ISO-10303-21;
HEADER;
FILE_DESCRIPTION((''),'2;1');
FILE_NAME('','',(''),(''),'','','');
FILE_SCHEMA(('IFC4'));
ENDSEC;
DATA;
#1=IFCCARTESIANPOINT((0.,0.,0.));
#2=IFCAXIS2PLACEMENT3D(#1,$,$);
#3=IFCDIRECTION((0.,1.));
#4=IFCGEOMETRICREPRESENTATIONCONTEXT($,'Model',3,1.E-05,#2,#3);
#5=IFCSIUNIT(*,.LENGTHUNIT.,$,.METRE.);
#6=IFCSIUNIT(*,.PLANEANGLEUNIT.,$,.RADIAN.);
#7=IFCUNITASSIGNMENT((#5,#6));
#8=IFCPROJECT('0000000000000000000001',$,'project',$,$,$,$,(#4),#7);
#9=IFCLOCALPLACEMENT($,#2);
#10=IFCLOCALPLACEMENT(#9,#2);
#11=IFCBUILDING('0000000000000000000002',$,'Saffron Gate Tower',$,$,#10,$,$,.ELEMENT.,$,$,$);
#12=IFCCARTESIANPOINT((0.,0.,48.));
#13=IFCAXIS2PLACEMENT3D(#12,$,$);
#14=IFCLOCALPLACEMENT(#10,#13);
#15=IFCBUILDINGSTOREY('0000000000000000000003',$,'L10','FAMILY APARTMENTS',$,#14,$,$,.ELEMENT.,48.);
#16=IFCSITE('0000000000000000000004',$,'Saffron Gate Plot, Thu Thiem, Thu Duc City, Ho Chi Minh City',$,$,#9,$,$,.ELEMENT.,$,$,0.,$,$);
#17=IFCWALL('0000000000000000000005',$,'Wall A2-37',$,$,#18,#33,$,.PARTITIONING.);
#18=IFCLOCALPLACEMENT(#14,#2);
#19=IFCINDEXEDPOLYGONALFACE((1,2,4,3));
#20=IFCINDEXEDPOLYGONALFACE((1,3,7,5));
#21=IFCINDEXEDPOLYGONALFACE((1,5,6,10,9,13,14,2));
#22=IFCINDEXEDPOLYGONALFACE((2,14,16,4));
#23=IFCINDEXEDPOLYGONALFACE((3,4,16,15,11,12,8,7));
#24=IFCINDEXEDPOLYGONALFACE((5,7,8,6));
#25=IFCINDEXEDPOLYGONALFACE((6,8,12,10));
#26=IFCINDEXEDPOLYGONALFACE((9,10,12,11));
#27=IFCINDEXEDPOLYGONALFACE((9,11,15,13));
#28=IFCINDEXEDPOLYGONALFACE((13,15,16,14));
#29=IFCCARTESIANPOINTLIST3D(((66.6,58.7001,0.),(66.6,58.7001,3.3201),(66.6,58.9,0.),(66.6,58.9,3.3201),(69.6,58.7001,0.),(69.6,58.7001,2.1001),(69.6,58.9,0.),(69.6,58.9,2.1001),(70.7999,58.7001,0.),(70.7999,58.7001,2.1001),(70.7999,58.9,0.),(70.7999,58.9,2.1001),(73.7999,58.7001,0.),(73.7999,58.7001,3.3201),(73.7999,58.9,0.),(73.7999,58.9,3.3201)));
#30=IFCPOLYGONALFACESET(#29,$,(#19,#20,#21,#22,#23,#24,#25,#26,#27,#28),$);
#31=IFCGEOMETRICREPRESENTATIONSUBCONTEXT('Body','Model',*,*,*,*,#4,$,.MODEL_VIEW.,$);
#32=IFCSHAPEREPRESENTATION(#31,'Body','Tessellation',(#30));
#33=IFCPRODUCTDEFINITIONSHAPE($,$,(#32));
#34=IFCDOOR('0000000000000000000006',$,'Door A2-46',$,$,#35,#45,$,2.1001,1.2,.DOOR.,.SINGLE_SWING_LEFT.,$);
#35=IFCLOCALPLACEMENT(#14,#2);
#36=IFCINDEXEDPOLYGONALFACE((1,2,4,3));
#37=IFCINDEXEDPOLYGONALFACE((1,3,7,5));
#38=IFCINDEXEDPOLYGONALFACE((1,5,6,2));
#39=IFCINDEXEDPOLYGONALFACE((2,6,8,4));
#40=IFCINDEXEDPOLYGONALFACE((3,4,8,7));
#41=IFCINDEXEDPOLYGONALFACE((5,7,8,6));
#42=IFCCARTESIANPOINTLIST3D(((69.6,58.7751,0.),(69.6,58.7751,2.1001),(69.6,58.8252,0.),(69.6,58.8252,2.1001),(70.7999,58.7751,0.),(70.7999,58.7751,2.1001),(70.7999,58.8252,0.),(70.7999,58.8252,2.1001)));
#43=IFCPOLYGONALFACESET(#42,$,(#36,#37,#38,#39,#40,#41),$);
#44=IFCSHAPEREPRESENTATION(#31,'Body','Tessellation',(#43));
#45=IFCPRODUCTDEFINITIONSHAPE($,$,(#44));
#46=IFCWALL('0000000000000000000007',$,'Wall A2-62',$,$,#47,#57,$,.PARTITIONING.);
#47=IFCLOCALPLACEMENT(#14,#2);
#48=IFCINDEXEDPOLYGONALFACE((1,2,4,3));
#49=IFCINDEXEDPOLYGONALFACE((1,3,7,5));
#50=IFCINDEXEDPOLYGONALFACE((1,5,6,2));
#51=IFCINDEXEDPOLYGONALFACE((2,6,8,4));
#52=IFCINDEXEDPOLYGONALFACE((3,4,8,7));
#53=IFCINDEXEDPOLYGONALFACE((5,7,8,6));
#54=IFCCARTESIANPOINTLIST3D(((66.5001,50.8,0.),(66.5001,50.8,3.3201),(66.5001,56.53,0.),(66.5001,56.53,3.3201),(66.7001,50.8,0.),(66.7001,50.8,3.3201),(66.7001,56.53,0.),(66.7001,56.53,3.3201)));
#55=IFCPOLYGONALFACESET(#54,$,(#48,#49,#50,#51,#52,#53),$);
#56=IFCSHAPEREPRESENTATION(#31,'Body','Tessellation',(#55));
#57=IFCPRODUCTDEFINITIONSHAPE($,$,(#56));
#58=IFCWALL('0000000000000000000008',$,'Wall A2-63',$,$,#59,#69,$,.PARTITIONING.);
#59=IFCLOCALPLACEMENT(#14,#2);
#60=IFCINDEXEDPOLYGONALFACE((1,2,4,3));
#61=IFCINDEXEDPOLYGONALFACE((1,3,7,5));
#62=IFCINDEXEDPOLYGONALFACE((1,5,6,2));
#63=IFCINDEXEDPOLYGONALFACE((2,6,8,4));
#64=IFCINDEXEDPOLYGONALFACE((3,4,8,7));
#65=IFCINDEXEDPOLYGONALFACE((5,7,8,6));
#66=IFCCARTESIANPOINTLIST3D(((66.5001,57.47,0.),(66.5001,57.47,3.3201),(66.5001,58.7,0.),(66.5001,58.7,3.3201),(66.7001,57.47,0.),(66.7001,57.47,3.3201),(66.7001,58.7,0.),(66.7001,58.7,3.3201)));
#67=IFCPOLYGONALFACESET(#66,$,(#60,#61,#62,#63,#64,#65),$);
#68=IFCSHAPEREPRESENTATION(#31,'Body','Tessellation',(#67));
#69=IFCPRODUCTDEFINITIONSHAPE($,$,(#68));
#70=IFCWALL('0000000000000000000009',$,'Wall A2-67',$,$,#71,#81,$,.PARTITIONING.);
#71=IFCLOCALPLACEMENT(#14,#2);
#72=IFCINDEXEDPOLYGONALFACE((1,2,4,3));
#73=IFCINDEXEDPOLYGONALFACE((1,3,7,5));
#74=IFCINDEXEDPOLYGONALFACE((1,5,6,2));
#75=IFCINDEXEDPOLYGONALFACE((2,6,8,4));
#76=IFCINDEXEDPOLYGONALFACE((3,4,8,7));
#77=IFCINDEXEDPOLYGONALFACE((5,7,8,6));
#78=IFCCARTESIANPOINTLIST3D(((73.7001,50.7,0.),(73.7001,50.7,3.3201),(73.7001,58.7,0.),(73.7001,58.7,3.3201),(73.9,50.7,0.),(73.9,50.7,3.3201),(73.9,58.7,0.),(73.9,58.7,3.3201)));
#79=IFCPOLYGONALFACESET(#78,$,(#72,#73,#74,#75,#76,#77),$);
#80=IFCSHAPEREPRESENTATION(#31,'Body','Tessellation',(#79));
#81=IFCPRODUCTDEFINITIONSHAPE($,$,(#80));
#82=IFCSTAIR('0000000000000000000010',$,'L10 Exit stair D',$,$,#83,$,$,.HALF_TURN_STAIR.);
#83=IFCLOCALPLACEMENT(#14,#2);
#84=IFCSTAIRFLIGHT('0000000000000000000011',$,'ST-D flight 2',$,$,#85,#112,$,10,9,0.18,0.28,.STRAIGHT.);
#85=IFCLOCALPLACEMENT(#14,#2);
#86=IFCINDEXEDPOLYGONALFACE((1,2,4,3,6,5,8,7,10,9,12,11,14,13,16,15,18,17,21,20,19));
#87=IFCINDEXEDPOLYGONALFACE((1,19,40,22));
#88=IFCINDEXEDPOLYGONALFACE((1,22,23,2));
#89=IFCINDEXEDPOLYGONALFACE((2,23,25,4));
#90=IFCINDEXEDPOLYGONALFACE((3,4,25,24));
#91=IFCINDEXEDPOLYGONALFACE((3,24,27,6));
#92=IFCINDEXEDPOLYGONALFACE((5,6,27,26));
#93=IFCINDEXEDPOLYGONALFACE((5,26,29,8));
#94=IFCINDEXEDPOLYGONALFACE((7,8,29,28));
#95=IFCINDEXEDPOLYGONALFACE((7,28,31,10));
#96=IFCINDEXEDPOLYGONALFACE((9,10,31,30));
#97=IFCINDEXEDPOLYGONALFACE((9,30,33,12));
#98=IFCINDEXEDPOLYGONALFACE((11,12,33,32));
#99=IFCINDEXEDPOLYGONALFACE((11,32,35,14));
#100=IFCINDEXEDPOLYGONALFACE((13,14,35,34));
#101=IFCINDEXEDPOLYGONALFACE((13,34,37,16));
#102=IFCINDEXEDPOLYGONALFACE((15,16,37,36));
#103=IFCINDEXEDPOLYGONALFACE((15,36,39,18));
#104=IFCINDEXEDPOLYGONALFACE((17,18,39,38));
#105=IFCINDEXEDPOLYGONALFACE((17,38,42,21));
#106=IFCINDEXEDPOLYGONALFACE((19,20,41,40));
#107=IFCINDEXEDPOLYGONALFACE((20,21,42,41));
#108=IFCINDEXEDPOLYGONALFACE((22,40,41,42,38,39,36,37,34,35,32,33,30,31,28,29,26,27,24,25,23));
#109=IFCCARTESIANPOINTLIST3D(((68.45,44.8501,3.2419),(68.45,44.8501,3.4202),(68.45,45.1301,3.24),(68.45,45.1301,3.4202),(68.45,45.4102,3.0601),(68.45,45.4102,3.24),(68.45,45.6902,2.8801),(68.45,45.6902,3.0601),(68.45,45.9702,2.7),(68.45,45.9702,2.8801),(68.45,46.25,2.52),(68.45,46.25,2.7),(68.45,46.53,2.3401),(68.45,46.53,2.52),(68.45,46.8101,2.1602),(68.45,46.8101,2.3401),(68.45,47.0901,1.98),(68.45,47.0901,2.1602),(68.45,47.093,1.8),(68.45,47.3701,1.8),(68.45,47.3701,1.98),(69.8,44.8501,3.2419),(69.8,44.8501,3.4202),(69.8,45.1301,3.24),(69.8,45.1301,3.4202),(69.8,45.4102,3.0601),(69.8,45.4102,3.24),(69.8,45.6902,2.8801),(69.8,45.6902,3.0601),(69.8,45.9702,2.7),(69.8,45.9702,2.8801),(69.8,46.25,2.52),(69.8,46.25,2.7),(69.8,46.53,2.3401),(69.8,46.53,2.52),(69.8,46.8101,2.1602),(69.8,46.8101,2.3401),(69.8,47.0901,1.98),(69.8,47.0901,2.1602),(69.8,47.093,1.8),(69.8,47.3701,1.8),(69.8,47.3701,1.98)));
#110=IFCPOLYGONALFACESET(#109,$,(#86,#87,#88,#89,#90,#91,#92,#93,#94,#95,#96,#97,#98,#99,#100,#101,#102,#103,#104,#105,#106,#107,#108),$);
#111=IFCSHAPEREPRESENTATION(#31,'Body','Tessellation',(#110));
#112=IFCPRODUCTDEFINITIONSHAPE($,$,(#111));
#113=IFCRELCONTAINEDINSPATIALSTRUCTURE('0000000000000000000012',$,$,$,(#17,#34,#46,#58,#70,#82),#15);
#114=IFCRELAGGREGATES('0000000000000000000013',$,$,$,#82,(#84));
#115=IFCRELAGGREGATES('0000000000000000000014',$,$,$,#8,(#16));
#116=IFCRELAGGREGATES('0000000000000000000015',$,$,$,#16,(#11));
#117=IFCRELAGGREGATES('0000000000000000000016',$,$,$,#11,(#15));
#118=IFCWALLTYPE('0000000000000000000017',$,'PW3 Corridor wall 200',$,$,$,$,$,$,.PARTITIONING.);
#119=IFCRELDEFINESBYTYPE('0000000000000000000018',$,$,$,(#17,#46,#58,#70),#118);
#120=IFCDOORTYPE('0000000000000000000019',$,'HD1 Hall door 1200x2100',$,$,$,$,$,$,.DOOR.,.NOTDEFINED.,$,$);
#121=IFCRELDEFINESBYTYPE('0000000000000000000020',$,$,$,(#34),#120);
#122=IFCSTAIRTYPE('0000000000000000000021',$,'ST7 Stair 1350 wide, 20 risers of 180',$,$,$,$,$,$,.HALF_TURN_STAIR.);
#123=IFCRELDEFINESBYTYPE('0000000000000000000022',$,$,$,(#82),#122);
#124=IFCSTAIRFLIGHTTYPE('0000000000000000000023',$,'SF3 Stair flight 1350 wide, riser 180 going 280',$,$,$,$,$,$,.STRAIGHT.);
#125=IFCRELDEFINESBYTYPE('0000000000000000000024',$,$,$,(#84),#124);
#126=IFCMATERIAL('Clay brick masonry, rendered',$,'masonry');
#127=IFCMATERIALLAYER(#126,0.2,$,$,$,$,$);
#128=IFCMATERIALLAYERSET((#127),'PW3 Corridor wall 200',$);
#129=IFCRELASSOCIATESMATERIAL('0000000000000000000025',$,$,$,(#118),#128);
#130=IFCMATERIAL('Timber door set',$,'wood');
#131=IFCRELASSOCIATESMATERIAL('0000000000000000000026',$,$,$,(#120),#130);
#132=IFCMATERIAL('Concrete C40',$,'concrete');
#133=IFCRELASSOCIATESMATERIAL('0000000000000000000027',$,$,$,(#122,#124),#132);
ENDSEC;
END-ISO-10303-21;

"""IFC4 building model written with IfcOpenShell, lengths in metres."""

from ifc_helpers import new_model, si_unit, direction, frame, frame_2d, origin, place, context, subcontext, project, spatial, polyline, rectangle, outline, extrude, material, layer, layer_set, type_object, element, fill, aggregate, save


model = new_model("IFC4")

# Units and contexts
model_context = context("Model", 3, precision=1e-05, world=origin(), true_north=direction((0.0, 1.0)))
body_context = subcontext(model_context, "Body", "Model", "MODEL_VIEW")
ifc_project = project(units=[si_unit("LENGTHUNIT", "METRE"), si_unit("PLANEANGLEUNIT", "RADIAN")], contexts=[model_context])

# Site, building, storey
site_placement = place(None, origin())
site = spatial("IfcSite", under=ifc_project, at=site_placement, Name="Saffron Gate Plot, Thu Thiem, Thu Duc City, Ho Chi Minh City", CompositionType="ELEMENT", RefElevation=0.0)
building_placement = place(site_placement, origin())
building = spatial("IfcBuilding", under=site, at=building_placement, Name="Saffron Gate Tower", CompositionType="ELEMENT")
storey_placement = place(building_placement, frame((0.0, 0.0, 48.0)))
storey = spatial("IfcBuildingStorey", under=building, at=storey_placement, Name="L10", Description="FAMILY APARTMENTS", CompositionType="ELEMENT", Elevation=48.0)

# Shared definitions
ifc_material_1 = material(Name="Timber door set", Category="wood")

# Shared definitions
ifc_material_2 = material(Name="Clay brick masonry, rendered", Category="masonry")
ifc_layer_1 = layer(ifc_material_2, 0.2)
ifc_layer_set_1 = layer_set([ifc_layer_1], Name="PW3 Corridor wall 200")
wall_type_1 = type_object("IfcWallType", Name="PW3 Corridor wall 200", PredefinedType="PARTITIONING", material=ifc_layer_set_1)

# Wall, opening, door
wall_1_placement = place(storey_placement, frame((73.8, 58.8, 0.0), z_axis=(0.0, 0.0, 1.0), x_axis=(-1.0, 0.0, 0.0)))
wall_1 = element("IfcWall", 1, at=wall_1_placement, inside=storey, type_object=wall_type_1, Name="Wall A2-37", PredefinedType="PARTITIONING", context=body_context, shape_type="SweptSolid", body=[
    extrude(rectangle(XDim=7.2, YDim=0.2, at=frame_2d((3.6001, 0.0))), origin(), (0.0, 0.0, 1.0), 3.3201),
])
opening_1_placement = place(wall_1_placement, frame((3.0, 0.0, 0.0)))
opening_1 = element("IfcOpeningElement", 2, at=opening_1_placement, cuts=wall_1, PredefinedType="OPENING", context=body_context, shape_type="SweptSolid", body=[
    extrude(rectangle(XDim=1.2, YDim=2.1001, at=frame_2d((0.6001, 1.05))), frame((0.0, 0.1099, 0.0), z_axis=(0.0, -1.0, 0.0), x_axis=(1.0, 0.0, 0.0)), (0.0, 0.0, 1.0), 0.22),
])
door_type_1 = type_object("IfcDoorType", Name="HD1 Hall door 1200x2100", OperationType="NOTDEFINED", PredefinedType="DOOR", material=ifc_material_1)
door_1_placement = place(opening_1_placement, origin())
door_1 = element("IfcDoor", 3, at=door_1_placement, inside=storey, type_object=door_type_1, Name="Door A2-46", OperationType="SINGLE_SWING_LEFT", OverallHeight=2.1001, OverallWidth=1.2, PredefinedType="DOOR", context=body_context, shape_type="SweptSolid", body=[
    extrude(rectangle(XDim=1.2, YDim=2.1001, at=frame_2d((0.6001, 1.05))), frame((0.0, 0.0249, 0.0), z_axis=(0.0, -1.0, 0.0), x_axis=(1.0, 0.0, 0.0)), (0.0, 0.0, 1.0), 0.05),
])
fill(opening_1, door_1)

# Walls
wall_2_placement = place(storey_placement, frame((66.6001, 56.53, 0.0), z_axis=(0.0, 0.0, 1.0), x_axis=(0.0, -1.0, 0.0)))
element("IfcWall", 4, at=wall_2_placement, inside=storey, type_object=wall_type_1, Name="Wall A2-62", PredefinedType="PARTITIONING", context=body_context, shape_type="SweptSolid", body=[
    extrude(rectangle(XDim=5.73, YDim=0.2, at=frame_2d((2.865, 0.0))), origin(), (0.0, 0.0, 1.0), 3.3201),
])
wall_3_placement = place(storey_placement, frame((66.6001, 58.7, 0.0), z_axis=(0.0, 0.0, 1.0), x_axis=(0.0, -1.0, 0.0)))
element("IfcWall", 5, at=wall_3_placement, inside=storey, type_object=wall_type_1, Name="Wall A2-63", PredefinedType="PARTITIONING", context=body_context, shape_type="SweptSolid", body=[
    extrude(rectangle(XDim=1.23, YDim=0.2, at=frame_2d((0.615, 0.0))), origin(), (0.0, 0.0, 1.0), 3.3201),
])
wall_4_placement = place(storey_placement, frame((73.8, 58.7, 0.0), z_axis=(0.0, 0.0, 1.0), x_axis=(0.0, -1.0, 0.0)))
element("IfcWall", 6, at=wall_4_placement, inside=storey, type_object=wall_type_1, Name="Wall A2-67", PredefinedType="PARTITIONING", context=body_context, shape_type="SweptSolid", body=[
    extrude(rectangle(XDim=8.0, YDim=0.2, at=frame_2d((4.0, 0.0))), origin(), (0.0, 0.0, 1.0), 3.3201),
])

# Stair, stair flight
ifc_material_3 = material(Name="Concrete C40", Category="concrete")
stair_type = type_object("IfcStairType", Name="ST7 Stair 1350 wide, 20 risers of 180", PredefinedType="HALF_TURN_STAIR", material=ifc_material_3)
stair_placement = place(storey_placement, origin())
stair = element("IfcStair", 7, at=stair_placement, inside=storey, type_object=stair_type, Name="L10 Exit stair D", PredefinedType="HALF_TURN_STAIR")
stair_flight_type = type_object("IfcStairFlightType", Name="SF3 Stair flight 1350 wide, riser 180 going 280", PredefinedType="STRAIGHT", material=ifc_material_3)
stair_flight_placement = place(storey_placement, frame((69.125, 47.3701, 1.8), z_axis=(0.0, 0.0, 1.0), x_axis=(0.0, -1.0, 0.0)))
stair_flight = element("IfcStairFlight", 8, at=stair_flight_placement, type_object=stair_flight_type, Name="ST-D flight 2", NumberOfRisers=10, NumberOfTreads=9, PredefinedType="STRAIGHT", RiserHeight=0.18, TreadLength=0.28, context=body_context, shape_type="SweptSolid", body=[
    extrude(outline(polyline([(0.0, 0.0), (0.0, 0.1799), (0.28, 0.1799), (0.28, 0.3601), (0.5601, 0.3601), (0.5601, 0.54), (0.8401, 0.54), (0.8401, 0.72), (1.1201, 0.72), (1.1201, 0.8999), (1.3999, 0.8999), (1.3999, 1.0801), (1.6799, 1.0801), (1.6799, 1.26), (1.96, 1.26), (1.96, 1.4399), (2.24, 1.4399), (2.24, 1.6201), (2.52, 1.6201), (2.52, 1.8), (2.52, 1.4419), (0.2771, 0.0), (0.0, 0.0)])), frame((0.0, 0.675, 0.0), z_axis=(0.0, -1.0, 0.0), x_axis=(1.0, 0.0, 0.0)), (0.0, 0.0, 1.0), 1.3501),
])
aggregate(stair, [stair_flight])

save(model, "model.ifc")
